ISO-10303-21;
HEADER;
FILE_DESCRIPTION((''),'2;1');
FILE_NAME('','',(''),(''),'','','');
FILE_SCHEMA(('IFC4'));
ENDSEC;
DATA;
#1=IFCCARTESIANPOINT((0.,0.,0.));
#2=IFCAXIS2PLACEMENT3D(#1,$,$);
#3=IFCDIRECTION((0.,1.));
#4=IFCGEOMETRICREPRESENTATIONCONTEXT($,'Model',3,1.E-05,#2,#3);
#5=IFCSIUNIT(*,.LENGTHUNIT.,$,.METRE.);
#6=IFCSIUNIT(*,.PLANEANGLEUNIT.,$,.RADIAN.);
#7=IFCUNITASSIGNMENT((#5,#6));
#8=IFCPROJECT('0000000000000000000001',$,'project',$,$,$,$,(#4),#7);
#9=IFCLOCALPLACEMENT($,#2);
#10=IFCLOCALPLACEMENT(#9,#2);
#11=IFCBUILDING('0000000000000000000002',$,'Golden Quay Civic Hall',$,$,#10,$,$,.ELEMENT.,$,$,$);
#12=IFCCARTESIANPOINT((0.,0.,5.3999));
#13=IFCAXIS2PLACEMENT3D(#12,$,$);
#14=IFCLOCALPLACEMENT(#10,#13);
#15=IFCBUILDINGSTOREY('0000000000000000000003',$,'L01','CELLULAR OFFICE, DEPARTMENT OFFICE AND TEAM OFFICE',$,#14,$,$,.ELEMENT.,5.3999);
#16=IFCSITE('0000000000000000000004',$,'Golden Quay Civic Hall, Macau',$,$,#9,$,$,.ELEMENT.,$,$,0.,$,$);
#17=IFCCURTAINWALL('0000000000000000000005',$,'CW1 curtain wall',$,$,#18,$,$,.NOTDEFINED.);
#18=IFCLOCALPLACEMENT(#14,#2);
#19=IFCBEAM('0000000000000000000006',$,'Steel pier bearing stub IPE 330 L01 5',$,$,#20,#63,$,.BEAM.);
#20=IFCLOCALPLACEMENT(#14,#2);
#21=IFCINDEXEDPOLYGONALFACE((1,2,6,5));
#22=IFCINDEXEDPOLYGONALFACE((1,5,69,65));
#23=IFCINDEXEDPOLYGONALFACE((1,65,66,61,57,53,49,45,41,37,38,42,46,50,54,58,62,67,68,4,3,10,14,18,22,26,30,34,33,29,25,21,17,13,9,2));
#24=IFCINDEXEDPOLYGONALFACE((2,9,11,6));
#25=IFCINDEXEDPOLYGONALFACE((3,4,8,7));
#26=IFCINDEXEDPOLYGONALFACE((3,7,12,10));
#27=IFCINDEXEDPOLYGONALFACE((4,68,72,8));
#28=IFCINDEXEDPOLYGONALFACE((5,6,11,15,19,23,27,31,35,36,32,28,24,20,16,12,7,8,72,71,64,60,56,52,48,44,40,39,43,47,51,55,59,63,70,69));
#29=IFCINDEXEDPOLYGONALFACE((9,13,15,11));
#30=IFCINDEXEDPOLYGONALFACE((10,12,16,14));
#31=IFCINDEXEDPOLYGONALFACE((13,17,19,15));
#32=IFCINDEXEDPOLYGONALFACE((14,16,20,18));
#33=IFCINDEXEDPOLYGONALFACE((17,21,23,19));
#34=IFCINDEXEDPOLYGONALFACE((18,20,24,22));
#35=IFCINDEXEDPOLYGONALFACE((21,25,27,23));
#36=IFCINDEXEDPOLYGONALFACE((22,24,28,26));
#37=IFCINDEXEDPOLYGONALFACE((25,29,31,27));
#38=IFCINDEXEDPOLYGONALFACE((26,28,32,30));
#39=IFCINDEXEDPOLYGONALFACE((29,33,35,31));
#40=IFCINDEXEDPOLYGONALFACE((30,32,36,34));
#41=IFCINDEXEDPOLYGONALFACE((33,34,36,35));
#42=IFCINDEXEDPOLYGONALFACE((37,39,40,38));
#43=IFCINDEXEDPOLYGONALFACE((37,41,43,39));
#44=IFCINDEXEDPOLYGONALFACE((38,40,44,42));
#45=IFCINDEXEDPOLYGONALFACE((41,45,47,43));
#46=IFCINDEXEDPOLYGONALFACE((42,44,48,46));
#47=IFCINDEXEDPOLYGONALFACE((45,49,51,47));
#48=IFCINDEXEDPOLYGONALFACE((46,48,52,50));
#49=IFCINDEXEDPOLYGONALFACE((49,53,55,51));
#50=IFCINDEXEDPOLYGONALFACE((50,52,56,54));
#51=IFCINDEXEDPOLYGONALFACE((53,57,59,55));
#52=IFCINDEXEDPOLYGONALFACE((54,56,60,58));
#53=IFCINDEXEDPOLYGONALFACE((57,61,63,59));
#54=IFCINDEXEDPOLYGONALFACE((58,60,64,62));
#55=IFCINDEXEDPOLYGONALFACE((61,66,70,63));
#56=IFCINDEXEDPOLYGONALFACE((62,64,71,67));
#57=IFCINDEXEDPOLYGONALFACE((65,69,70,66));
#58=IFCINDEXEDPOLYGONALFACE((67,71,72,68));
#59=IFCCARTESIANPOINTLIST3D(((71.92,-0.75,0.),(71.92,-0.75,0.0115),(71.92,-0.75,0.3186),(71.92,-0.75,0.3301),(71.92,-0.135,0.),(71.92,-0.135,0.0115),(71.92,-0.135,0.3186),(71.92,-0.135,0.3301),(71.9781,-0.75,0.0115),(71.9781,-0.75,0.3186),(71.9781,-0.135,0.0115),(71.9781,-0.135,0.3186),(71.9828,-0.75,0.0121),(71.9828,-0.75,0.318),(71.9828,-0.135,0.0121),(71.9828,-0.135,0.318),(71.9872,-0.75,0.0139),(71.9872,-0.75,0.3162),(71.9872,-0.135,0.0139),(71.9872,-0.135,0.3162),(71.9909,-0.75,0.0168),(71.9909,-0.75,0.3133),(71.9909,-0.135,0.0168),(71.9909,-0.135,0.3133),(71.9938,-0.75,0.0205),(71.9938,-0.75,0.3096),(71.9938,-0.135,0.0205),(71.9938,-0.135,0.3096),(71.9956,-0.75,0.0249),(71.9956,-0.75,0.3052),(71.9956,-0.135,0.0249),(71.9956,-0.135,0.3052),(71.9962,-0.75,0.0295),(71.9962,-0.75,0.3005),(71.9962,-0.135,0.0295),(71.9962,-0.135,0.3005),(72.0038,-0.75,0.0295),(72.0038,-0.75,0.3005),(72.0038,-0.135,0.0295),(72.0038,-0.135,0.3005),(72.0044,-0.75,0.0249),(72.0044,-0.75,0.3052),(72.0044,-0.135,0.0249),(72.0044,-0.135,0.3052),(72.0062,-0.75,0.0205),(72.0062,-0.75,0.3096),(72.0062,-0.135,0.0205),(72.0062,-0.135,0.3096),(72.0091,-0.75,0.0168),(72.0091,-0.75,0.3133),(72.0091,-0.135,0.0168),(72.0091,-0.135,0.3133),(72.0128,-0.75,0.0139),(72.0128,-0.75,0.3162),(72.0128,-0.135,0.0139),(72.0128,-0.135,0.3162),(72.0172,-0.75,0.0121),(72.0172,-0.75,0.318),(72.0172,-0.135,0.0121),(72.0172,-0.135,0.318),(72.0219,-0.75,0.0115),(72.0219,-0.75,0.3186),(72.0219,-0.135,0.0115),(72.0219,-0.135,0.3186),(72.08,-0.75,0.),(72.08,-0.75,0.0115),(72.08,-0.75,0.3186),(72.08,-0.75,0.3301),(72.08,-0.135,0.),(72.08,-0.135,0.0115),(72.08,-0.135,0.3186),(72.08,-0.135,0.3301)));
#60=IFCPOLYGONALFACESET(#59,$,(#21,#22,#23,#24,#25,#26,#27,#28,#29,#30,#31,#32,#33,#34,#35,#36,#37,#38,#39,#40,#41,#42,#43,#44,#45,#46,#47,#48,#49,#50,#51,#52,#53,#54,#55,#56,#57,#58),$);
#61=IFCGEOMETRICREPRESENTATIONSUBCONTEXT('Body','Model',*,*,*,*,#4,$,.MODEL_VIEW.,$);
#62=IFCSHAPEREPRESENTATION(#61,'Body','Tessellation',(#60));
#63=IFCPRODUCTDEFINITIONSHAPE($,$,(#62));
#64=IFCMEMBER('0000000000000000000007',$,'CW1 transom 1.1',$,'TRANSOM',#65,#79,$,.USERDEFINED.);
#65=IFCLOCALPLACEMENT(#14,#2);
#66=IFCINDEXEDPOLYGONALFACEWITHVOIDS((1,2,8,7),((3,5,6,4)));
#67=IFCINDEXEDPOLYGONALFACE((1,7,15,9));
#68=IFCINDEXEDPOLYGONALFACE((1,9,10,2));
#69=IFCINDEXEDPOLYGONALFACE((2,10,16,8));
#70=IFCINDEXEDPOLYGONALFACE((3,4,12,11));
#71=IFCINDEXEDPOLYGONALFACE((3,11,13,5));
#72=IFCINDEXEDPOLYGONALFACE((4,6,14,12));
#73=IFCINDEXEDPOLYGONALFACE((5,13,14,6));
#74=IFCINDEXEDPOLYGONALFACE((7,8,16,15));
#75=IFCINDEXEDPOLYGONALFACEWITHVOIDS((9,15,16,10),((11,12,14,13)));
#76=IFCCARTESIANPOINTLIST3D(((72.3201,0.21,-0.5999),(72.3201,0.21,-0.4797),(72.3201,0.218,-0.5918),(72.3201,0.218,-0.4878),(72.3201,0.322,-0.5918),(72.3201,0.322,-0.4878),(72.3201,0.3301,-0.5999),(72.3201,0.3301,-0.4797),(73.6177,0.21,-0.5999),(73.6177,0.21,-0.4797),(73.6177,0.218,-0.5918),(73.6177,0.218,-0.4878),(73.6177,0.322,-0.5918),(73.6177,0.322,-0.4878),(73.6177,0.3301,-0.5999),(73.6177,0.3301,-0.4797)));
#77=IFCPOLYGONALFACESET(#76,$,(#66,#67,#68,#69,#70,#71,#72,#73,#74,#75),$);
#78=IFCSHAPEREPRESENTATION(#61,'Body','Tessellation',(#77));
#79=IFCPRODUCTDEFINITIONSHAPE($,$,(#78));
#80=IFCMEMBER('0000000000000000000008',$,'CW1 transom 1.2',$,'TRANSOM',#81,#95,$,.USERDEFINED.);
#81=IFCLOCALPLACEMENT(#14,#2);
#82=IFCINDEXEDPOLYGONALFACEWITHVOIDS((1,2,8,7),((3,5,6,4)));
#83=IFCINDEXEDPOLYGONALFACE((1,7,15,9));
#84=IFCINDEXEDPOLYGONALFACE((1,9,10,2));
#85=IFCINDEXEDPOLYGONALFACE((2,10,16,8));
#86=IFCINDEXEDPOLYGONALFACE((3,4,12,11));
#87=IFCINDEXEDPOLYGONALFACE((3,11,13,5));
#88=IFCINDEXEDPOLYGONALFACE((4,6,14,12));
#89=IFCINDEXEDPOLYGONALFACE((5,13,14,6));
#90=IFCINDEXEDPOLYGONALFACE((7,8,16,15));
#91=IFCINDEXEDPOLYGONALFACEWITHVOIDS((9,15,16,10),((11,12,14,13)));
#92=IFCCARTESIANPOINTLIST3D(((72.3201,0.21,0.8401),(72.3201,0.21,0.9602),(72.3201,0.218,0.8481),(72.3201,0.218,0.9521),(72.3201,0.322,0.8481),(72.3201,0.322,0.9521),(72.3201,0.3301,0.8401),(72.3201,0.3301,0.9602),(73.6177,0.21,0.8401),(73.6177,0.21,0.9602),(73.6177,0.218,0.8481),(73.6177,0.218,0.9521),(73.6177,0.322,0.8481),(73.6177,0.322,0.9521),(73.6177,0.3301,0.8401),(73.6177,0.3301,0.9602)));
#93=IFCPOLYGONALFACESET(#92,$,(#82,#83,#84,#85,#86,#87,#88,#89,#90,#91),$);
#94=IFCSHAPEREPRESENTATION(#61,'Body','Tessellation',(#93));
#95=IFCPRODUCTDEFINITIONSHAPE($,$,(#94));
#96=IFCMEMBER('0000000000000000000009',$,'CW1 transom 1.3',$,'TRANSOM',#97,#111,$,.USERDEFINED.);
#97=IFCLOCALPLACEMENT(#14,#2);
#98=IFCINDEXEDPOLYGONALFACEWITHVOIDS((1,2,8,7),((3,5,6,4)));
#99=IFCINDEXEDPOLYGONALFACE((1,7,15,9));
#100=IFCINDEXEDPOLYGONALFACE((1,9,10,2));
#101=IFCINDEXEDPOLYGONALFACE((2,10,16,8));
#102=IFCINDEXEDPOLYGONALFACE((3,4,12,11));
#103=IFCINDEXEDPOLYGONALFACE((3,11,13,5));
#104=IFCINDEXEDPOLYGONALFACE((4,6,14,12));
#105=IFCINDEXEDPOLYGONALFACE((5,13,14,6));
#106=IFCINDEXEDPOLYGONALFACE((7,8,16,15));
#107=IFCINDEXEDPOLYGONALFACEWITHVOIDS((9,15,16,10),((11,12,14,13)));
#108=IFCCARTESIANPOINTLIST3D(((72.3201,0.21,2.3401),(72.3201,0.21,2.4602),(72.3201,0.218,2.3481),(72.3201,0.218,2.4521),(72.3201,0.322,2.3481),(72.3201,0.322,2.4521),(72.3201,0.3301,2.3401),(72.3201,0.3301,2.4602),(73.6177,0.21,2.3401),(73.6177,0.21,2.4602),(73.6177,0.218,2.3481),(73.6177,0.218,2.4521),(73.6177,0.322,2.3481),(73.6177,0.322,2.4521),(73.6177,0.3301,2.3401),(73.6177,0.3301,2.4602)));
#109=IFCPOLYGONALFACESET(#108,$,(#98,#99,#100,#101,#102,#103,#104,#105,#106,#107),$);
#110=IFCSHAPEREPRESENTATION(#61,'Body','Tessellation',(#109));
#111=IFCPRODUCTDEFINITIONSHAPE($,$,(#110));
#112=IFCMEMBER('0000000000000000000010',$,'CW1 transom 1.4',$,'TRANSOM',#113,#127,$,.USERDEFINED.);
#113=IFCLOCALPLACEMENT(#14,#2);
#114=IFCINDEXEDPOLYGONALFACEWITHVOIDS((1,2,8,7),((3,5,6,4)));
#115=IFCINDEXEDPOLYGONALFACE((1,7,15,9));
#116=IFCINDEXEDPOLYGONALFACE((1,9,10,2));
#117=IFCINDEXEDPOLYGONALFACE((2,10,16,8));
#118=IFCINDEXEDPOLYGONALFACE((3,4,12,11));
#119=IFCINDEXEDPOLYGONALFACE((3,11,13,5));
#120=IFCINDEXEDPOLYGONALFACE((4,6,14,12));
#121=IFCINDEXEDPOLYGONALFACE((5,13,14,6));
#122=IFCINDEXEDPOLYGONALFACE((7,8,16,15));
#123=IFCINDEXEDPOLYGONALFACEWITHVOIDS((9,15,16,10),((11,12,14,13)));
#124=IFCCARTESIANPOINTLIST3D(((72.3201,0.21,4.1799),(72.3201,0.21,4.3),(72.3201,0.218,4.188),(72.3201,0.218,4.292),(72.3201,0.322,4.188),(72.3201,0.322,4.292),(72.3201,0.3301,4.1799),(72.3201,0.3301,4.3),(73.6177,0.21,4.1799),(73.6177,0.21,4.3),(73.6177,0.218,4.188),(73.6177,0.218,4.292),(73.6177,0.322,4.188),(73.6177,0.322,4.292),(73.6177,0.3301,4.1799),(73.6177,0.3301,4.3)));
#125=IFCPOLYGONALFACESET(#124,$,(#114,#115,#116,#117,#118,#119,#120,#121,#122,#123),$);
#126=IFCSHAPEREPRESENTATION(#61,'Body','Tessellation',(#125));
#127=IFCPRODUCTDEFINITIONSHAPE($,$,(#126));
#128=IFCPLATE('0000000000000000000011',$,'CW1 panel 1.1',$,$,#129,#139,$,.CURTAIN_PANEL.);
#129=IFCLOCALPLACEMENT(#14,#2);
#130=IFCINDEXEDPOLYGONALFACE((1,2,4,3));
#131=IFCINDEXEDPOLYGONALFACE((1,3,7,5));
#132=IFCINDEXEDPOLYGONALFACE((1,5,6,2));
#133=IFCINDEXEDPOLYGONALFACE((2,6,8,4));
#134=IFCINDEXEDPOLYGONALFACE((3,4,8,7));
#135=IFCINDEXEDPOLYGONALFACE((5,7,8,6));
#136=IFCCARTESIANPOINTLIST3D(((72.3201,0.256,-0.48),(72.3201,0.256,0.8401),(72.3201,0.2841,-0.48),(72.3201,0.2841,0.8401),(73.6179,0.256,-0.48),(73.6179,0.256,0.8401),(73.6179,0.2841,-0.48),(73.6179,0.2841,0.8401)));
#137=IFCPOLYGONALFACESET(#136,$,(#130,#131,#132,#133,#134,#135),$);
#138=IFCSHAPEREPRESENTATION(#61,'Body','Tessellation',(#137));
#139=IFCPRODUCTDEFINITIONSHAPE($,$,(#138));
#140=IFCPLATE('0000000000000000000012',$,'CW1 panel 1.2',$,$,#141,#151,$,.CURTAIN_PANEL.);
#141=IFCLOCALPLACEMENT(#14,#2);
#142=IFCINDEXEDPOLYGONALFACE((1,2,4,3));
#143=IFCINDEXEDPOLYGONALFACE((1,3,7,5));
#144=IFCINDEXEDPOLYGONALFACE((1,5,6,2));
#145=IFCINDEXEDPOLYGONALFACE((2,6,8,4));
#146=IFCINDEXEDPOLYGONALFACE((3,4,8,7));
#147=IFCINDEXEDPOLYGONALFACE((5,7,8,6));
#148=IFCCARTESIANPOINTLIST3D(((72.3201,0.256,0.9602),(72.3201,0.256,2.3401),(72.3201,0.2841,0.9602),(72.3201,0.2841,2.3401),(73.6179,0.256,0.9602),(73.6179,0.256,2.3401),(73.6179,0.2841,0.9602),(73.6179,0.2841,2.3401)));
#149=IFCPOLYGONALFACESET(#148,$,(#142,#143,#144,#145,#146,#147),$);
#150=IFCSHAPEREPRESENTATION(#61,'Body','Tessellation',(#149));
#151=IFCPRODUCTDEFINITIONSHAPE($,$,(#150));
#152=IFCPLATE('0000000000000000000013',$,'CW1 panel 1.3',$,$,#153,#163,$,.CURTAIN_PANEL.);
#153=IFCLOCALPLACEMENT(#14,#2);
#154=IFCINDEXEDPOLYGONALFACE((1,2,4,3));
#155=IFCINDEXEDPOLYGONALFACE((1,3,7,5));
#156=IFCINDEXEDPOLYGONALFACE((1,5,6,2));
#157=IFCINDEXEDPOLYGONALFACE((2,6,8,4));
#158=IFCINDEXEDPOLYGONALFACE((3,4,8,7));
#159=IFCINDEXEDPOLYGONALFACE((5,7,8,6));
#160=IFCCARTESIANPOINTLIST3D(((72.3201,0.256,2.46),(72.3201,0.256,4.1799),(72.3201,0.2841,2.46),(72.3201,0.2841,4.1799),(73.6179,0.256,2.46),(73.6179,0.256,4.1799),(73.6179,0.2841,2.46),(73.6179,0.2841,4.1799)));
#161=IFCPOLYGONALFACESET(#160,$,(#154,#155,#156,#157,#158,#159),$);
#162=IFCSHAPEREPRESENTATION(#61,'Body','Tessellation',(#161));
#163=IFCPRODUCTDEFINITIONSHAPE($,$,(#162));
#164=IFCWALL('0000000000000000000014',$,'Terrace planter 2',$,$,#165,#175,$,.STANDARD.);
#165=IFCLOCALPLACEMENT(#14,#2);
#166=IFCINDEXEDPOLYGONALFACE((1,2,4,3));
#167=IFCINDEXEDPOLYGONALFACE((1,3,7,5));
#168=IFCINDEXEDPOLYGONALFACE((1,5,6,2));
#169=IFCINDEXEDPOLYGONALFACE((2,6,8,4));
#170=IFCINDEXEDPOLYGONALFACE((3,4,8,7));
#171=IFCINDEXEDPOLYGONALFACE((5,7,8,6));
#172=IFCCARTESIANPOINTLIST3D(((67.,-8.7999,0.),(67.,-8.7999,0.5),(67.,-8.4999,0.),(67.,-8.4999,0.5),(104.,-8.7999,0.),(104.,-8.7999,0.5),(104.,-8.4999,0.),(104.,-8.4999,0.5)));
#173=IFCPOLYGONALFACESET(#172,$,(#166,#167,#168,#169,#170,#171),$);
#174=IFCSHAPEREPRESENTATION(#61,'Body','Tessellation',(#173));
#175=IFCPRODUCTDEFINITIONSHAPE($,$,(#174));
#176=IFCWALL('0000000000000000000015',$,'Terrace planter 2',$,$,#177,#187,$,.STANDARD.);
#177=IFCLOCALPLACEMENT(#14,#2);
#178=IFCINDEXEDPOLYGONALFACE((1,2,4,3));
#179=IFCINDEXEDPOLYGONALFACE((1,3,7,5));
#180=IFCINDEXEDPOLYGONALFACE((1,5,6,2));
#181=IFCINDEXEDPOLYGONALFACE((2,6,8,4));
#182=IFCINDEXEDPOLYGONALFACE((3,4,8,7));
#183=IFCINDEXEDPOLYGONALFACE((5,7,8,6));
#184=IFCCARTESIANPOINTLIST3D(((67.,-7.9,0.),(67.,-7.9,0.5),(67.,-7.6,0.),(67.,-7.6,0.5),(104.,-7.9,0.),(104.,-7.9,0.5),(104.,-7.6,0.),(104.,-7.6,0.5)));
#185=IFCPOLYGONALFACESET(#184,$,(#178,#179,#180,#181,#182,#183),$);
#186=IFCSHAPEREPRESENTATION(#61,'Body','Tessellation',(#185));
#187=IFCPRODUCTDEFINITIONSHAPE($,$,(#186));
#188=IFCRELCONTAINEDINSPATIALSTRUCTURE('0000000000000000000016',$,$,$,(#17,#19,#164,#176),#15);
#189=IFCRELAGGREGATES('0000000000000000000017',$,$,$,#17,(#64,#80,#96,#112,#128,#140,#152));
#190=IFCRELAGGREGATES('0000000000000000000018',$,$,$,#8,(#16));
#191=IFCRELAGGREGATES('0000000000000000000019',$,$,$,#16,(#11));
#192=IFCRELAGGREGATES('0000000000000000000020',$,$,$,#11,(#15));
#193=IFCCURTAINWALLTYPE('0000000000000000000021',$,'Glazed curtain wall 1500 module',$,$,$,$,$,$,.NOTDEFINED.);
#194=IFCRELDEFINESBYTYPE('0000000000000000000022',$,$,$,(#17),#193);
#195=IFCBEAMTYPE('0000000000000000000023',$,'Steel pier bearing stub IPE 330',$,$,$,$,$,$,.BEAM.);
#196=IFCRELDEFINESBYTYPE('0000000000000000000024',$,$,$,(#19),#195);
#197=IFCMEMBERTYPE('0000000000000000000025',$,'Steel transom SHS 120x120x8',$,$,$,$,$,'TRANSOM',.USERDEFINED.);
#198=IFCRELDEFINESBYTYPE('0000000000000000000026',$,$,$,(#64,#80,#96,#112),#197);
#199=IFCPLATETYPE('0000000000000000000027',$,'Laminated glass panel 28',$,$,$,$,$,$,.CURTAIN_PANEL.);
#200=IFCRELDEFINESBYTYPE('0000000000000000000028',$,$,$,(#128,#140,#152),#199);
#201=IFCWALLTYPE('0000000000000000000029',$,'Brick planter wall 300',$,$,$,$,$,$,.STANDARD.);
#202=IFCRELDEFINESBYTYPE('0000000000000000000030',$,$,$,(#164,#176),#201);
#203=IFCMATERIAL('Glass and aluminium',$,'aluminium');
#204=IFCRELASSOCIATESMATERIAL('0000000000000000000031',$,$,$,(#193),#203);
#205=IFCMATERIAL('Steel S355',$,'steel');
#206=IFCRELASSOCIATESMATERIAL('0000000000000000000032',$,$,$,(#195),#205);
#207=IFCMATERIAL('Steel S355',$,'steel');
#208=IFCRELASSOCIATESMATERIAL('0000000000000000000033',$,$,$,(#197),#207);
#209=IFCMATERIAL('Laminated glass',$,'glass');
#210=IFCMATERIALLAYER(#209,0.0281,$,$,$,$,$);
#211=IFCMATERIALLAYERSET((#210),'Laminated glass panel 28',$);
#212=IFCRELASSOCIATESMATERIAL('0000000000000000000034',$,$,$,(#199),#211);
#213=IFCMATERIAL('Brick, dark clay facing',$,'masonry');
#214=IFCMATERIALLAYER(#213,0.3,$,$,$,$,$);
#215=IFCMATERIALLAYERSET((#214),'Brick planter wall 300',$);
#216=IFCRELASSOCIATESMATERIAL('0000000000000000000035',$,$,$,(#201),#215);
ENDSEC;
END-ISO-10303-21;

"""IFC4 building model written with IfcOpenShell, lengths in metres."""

from ifc_helpers import new_model, si_unit, direction, frame, frame_2d, origin, origin_2d, place, context, subcontext, project, spatial, rectangle, hollow_rectangle, i_section, extrude, material, layer, layer_set, material_profile, profile_set, type_object, element, aggregate, save


model = new_model("IFC4")

# Units and contexts
model_context = context("Model", 3, precision=1e-05, world=origin(), true_north=direction((0.0, 1.0)))
body_context = subcontext(model_context, "Body", "Model", "MODEL_VIEW")
ifc_project = project(units=[si_unit("LENGTHUNIT", "METRE"), si_unit("PLANEANGLEUNIT", "RADIAN")], contexts=[model_context])

# Site, building, storey
site_placement = place(None, origin())
site = spatial("IfcSite", under=ifc_project, at=site_placement, Name="Golden Quay Civic Hall, Macau", CompositionType="ELEMENT", RefElevation=0.0)
building_placement = place(site_placement, origin())
building = spatial("IfcBuilding", under=site, at=building_placement, Name="Golden Quay Civic Hall", CompositionType="ELEMENT")
storey_placement = place(building_placement, frame((0.0, 0.0, 5.3999)))
storey = spatial("IfcBuildingStorey", under=building, at=storey_placement, Name="L01", Description="CELLULAR OFFICE, DEPARTMENT OFFICE AND TEAM OFFICE", CompositionType="ELEMENT", Elevation=5.3999)

# Curtain wall
ifc_material_1 = material(Name="Glass and aluminium", Category="aluminium")
curtain_wall_type = type_object("IfcCurtainWallType", Name="Glazed curtain wall 1500 module", PredefinedType="NOTDEFINED", material=ifc_material_1)
curtain_wall_placement = place(storey_placement, origin())
curtain_wall = element("IfcCurtainWall", 1, at=curtain_wall_placement, inside=storey, type_object=curtain_wall_type, Name="CW1 curtain wall", PredefinedType="NOTDEFINED")

# Beam
ifc_material_2 = material(Name="Steel S355", Category="steel")
ifc_material_profile_1 = material_profile(ifc_material_2, i_section(OverallWidth=0.1599, OverallDepth=0.3301, WebThickness=0.0076, FlangeThickness=0.0115, FilletRadius=0.0181, at=origin_2d()), Name="IPE 330")
ifc_profile_set_1 = profile_set([ifc_material_profile_1], Name="Steel S355")
beam_type_1 = type_object("IfcBeamType", Name="Steel pier bearing stub IPE 330", PredefinedType="BEAM", material=ifc_profile_set_1)
for number, where, z_axis, x_axis, name in (
    (2, (72.0, -0.135, 0.165), (0.0, -1.0, 0.0), (1.0, 0.0, 0.0), "Steel pier bearing stub IPE 330 L01 5"),
):
    element("IfcBeam", number, at=place(storey_placement, frame(where, z_axis=z_axis, x_axis=x_axis)), inside=storey, type_object=beam_type_1, Name=name, PredefinedType="BEAM", context=body_context, shape_type="SweptSolid", body=[
        extrude(i_section(OverallWidth=0.1599, OverallDepth=0.3301, WebThickness=0.0076, FlangeThickness=0.0115, FilletRadius=0.0181, at=origin_2d()), origin(), (0.0, 0.0, 1.0), 0.615),
    ])

# Members
ifc_material_3 = material(Name="Steel S355", Category="steel")
ifc_material_profile_2 = material_profile(ifc_material_3, hollow_rectangle(XDim=0.1201, YDim=0.1201, WallThickness=0.0081, at=origin_2d()), Name="SHS 120x120x8")
ifc_profile_set_2 = profile_set([ifc_material_profile_2], Name="Steel S355")
member_type_1 = type_object("IfcMemberType", Name="Steel transom SHS 120x120x8", ElementType="TRANSOM", PredefinedType="USERDEFINED", material=ifc_profile_set_2)
member_1_placement = place(storey_placement, frame((72.3201, 0.27, -0.5398), z_axis=(1.0, 0.0, 0.0), x_axis=(0.0, 1.0, 0.0)))
member_1 = element("IfcMember", 3, at=member_1_placement, type_object=member_type_1, Name="CW1 transom 1.1", ObjectType="TRANSOM", PredefinedType="USERDEFINED", context=body_context, shape_type="SweptSolid", body=[
    extrude(hollow_rectangle(XDim=0.1201, YDim=0.1201, WallThickness=0.0081, at=origin_2d()), origin(), (0.0, 0.0, 1.0), 1.2976),
])
member_2_placement = place(storey_placement, frame((72.3201, 0.27, 0.9001), z_axis=(1.0, 0.0, 0.0), x_axis=(0.0, 1.0, 0.0)))
member_2 = element("IfcMember", 4, at=member_2_placement, type_object=member_type_1, Name="CW1 transom 1.2", ObjectType="TRANSOM", PredefinedType="USERDEFINED", context=body_context, shape_type="SweptSolid", body=[
    extrude(hollow_rectangle(XDim=0.1201, YDim=0.1201, WallThickness=0.0081, at=origin_2d()), origin(), (0.0, 0.0, 1.0), 1.2976),
])
member_3_placement = place(storey_placement, frame((72.3201, 0.27, 2.4001), z_axis=(1.0, 0.0, 0.0), x_axis=(0.0, 1.0, 0.0)))
member_3 = element("IfcMember", 5, at=member_3_placement, type_object=member_type_1, Name="CW1 transom 1.3", ObjectType="TRANSOM", PredefinedType="USERDEFINED", context=body_context, shape_type="SweptSolid", body=[
    extrude(hollow_rectangle(XDim=0.1201, YDim=0.1201, WallThickness=0.0081, at=origin_2d()), origin(), (0.0, 0.0, 1.0), 1.2976),
])
member_4_placement = place(storey_placement, frame((72.3201, 0.27, 4.24), z_axis=(1.0, 0.0, 0.0), x_axis=(0.0, 1.0, 0.0)))
member_4 = element("IfcMember", 6, at=member_4_placement, type_object=member_type_1, Name="CW1 transom 1.4", ObjectType="TRANSOM", PredefinedType="USERDEFINED", context=body_context, shape_type="SweptSolid", body=[
    extrude(hollow_rectangle(XDim=0.1201, YDim=0.1201, WallThickness=0.0081, at=origin_2d()), origin(), (0.0, 0.0, 1.0), 1.2976),
])

# Plates
ifc_material_4 = material(Name="Laminated glass", Category="glass")
ifc_layer_1 = layer(ifc_material_4, 0.0281)
ifc_layer_set_1 = layer_set([ifc_layer_1], Name="Laminated glass panel 28")
plate_type = type_object("IfcPlateType", Name="Laminated glass panel 28", PredefinedType="CURTAIN_PANEL", material=ifc_layer_set_1)
plate_1_placement = place(storey_placement, frame((72.969, 0.27, -0.48), z_axis=(0.0, 0.0, 1.0), x_axis=(1.0, 0.0, 0.0)))
plate_1 = element("IfcPlate", 7, at=plate_1_placement, type_object=plate_type, Name="CW1 panel 1.1", PredefinedType="CURTAIN_PANEL", context=body_context, shape_type="SweptSolid", body=[
    extrude(rectangle(XDim=1.2979, YDim=0.0281, at=origin_2d()), origin(), (0.0, 0.0, 1.0), 1.3201),
])
plate_2_placement = place(storey_placement, frame((72.969, 0.27, 0.9602), z_axis=(0.0, 0.0, 1.0), x_axis=(1.0, 0.0, 0.0)))
plate_2 = element("IfcPlate", 8, at=plate_2_placement, type_object=plate_type, Name="CW1 panel 1.2", PredefinedType="CURTAIN_PANEL", context=body_context, shape_type="SweptSolid", body=[
    extrude(rectangle(XDim=1.2979, YDim=0.0281, at=origin_2d()), origin(), (0.0, 0.0, 1.0), 1.3799),
])
plate_3_placement = place(storey_placement, frame((72.969, 0.27, 2.46), z_axis=(0.0, 0.0, 1.0), x_axis=(1.0, 0.0, 0.0)))
plate_3 = element("IfcPlate", 9, at=plate_3_placement, type_object=plate_type, Name="CW1 panel 1.3", PredefinedType="CURTAIN_PANEL", context=body_context, shape_type="SweptSolid", body=[
    extrude(rectangle(XDim=1.2979, YDim=0.0281, at=origin_2d()), origin(), (0.0, 0.0, 1.0), 1.72),
])
aggregate(curtain_wall, [member_1, member_2, member_3, member_4, plate_1, plate_2, plate_3])

# Walls
ifc_material_5 = material(Name="Brick, dark clay facing", Category="masonry")
ifc_layer_2 = layer(ifc_material_5, 0.3)
ifc_layer_set_2 = layer_set([ifc_layer_2], Name="Brick planter wall 300")
wall_type_1 = type_object("IfcWallType", Name="Brick planter wall 300", PredefinedType="STANDARD", material=ifc_layer_set_2)
for number, where, z_axis, x_axis, name in (
    (10, (67.0, -8.6499, 0.0), (0.0, 0.0, 1.0), (1.0, 0.0, 0.0), "Terrace planter 2"),
    (11, (67.0, -7.75, 0.0), (0.0, 0.0, 1.0), (1.0, 0.0, 0.0), "Terrace planter 2"),
):
    element("IfcWall", number, at=place(storey_placement, frame(where, z_axis=z_axis, x_axis=x_axis)), inside=storey, type_object=wall_type_1, Name=name, PredefinedType="STANDARD", context=body_context, shape_type="SweptSolid", body=[
        extrude(rectangle(XDim=37.0, YDim=0.3, at=frame_2d((18.5, 0.0))), origin(), (0.0, 0.0, 1.0), 0.5),
    ])

save(model, "model.ifc")
